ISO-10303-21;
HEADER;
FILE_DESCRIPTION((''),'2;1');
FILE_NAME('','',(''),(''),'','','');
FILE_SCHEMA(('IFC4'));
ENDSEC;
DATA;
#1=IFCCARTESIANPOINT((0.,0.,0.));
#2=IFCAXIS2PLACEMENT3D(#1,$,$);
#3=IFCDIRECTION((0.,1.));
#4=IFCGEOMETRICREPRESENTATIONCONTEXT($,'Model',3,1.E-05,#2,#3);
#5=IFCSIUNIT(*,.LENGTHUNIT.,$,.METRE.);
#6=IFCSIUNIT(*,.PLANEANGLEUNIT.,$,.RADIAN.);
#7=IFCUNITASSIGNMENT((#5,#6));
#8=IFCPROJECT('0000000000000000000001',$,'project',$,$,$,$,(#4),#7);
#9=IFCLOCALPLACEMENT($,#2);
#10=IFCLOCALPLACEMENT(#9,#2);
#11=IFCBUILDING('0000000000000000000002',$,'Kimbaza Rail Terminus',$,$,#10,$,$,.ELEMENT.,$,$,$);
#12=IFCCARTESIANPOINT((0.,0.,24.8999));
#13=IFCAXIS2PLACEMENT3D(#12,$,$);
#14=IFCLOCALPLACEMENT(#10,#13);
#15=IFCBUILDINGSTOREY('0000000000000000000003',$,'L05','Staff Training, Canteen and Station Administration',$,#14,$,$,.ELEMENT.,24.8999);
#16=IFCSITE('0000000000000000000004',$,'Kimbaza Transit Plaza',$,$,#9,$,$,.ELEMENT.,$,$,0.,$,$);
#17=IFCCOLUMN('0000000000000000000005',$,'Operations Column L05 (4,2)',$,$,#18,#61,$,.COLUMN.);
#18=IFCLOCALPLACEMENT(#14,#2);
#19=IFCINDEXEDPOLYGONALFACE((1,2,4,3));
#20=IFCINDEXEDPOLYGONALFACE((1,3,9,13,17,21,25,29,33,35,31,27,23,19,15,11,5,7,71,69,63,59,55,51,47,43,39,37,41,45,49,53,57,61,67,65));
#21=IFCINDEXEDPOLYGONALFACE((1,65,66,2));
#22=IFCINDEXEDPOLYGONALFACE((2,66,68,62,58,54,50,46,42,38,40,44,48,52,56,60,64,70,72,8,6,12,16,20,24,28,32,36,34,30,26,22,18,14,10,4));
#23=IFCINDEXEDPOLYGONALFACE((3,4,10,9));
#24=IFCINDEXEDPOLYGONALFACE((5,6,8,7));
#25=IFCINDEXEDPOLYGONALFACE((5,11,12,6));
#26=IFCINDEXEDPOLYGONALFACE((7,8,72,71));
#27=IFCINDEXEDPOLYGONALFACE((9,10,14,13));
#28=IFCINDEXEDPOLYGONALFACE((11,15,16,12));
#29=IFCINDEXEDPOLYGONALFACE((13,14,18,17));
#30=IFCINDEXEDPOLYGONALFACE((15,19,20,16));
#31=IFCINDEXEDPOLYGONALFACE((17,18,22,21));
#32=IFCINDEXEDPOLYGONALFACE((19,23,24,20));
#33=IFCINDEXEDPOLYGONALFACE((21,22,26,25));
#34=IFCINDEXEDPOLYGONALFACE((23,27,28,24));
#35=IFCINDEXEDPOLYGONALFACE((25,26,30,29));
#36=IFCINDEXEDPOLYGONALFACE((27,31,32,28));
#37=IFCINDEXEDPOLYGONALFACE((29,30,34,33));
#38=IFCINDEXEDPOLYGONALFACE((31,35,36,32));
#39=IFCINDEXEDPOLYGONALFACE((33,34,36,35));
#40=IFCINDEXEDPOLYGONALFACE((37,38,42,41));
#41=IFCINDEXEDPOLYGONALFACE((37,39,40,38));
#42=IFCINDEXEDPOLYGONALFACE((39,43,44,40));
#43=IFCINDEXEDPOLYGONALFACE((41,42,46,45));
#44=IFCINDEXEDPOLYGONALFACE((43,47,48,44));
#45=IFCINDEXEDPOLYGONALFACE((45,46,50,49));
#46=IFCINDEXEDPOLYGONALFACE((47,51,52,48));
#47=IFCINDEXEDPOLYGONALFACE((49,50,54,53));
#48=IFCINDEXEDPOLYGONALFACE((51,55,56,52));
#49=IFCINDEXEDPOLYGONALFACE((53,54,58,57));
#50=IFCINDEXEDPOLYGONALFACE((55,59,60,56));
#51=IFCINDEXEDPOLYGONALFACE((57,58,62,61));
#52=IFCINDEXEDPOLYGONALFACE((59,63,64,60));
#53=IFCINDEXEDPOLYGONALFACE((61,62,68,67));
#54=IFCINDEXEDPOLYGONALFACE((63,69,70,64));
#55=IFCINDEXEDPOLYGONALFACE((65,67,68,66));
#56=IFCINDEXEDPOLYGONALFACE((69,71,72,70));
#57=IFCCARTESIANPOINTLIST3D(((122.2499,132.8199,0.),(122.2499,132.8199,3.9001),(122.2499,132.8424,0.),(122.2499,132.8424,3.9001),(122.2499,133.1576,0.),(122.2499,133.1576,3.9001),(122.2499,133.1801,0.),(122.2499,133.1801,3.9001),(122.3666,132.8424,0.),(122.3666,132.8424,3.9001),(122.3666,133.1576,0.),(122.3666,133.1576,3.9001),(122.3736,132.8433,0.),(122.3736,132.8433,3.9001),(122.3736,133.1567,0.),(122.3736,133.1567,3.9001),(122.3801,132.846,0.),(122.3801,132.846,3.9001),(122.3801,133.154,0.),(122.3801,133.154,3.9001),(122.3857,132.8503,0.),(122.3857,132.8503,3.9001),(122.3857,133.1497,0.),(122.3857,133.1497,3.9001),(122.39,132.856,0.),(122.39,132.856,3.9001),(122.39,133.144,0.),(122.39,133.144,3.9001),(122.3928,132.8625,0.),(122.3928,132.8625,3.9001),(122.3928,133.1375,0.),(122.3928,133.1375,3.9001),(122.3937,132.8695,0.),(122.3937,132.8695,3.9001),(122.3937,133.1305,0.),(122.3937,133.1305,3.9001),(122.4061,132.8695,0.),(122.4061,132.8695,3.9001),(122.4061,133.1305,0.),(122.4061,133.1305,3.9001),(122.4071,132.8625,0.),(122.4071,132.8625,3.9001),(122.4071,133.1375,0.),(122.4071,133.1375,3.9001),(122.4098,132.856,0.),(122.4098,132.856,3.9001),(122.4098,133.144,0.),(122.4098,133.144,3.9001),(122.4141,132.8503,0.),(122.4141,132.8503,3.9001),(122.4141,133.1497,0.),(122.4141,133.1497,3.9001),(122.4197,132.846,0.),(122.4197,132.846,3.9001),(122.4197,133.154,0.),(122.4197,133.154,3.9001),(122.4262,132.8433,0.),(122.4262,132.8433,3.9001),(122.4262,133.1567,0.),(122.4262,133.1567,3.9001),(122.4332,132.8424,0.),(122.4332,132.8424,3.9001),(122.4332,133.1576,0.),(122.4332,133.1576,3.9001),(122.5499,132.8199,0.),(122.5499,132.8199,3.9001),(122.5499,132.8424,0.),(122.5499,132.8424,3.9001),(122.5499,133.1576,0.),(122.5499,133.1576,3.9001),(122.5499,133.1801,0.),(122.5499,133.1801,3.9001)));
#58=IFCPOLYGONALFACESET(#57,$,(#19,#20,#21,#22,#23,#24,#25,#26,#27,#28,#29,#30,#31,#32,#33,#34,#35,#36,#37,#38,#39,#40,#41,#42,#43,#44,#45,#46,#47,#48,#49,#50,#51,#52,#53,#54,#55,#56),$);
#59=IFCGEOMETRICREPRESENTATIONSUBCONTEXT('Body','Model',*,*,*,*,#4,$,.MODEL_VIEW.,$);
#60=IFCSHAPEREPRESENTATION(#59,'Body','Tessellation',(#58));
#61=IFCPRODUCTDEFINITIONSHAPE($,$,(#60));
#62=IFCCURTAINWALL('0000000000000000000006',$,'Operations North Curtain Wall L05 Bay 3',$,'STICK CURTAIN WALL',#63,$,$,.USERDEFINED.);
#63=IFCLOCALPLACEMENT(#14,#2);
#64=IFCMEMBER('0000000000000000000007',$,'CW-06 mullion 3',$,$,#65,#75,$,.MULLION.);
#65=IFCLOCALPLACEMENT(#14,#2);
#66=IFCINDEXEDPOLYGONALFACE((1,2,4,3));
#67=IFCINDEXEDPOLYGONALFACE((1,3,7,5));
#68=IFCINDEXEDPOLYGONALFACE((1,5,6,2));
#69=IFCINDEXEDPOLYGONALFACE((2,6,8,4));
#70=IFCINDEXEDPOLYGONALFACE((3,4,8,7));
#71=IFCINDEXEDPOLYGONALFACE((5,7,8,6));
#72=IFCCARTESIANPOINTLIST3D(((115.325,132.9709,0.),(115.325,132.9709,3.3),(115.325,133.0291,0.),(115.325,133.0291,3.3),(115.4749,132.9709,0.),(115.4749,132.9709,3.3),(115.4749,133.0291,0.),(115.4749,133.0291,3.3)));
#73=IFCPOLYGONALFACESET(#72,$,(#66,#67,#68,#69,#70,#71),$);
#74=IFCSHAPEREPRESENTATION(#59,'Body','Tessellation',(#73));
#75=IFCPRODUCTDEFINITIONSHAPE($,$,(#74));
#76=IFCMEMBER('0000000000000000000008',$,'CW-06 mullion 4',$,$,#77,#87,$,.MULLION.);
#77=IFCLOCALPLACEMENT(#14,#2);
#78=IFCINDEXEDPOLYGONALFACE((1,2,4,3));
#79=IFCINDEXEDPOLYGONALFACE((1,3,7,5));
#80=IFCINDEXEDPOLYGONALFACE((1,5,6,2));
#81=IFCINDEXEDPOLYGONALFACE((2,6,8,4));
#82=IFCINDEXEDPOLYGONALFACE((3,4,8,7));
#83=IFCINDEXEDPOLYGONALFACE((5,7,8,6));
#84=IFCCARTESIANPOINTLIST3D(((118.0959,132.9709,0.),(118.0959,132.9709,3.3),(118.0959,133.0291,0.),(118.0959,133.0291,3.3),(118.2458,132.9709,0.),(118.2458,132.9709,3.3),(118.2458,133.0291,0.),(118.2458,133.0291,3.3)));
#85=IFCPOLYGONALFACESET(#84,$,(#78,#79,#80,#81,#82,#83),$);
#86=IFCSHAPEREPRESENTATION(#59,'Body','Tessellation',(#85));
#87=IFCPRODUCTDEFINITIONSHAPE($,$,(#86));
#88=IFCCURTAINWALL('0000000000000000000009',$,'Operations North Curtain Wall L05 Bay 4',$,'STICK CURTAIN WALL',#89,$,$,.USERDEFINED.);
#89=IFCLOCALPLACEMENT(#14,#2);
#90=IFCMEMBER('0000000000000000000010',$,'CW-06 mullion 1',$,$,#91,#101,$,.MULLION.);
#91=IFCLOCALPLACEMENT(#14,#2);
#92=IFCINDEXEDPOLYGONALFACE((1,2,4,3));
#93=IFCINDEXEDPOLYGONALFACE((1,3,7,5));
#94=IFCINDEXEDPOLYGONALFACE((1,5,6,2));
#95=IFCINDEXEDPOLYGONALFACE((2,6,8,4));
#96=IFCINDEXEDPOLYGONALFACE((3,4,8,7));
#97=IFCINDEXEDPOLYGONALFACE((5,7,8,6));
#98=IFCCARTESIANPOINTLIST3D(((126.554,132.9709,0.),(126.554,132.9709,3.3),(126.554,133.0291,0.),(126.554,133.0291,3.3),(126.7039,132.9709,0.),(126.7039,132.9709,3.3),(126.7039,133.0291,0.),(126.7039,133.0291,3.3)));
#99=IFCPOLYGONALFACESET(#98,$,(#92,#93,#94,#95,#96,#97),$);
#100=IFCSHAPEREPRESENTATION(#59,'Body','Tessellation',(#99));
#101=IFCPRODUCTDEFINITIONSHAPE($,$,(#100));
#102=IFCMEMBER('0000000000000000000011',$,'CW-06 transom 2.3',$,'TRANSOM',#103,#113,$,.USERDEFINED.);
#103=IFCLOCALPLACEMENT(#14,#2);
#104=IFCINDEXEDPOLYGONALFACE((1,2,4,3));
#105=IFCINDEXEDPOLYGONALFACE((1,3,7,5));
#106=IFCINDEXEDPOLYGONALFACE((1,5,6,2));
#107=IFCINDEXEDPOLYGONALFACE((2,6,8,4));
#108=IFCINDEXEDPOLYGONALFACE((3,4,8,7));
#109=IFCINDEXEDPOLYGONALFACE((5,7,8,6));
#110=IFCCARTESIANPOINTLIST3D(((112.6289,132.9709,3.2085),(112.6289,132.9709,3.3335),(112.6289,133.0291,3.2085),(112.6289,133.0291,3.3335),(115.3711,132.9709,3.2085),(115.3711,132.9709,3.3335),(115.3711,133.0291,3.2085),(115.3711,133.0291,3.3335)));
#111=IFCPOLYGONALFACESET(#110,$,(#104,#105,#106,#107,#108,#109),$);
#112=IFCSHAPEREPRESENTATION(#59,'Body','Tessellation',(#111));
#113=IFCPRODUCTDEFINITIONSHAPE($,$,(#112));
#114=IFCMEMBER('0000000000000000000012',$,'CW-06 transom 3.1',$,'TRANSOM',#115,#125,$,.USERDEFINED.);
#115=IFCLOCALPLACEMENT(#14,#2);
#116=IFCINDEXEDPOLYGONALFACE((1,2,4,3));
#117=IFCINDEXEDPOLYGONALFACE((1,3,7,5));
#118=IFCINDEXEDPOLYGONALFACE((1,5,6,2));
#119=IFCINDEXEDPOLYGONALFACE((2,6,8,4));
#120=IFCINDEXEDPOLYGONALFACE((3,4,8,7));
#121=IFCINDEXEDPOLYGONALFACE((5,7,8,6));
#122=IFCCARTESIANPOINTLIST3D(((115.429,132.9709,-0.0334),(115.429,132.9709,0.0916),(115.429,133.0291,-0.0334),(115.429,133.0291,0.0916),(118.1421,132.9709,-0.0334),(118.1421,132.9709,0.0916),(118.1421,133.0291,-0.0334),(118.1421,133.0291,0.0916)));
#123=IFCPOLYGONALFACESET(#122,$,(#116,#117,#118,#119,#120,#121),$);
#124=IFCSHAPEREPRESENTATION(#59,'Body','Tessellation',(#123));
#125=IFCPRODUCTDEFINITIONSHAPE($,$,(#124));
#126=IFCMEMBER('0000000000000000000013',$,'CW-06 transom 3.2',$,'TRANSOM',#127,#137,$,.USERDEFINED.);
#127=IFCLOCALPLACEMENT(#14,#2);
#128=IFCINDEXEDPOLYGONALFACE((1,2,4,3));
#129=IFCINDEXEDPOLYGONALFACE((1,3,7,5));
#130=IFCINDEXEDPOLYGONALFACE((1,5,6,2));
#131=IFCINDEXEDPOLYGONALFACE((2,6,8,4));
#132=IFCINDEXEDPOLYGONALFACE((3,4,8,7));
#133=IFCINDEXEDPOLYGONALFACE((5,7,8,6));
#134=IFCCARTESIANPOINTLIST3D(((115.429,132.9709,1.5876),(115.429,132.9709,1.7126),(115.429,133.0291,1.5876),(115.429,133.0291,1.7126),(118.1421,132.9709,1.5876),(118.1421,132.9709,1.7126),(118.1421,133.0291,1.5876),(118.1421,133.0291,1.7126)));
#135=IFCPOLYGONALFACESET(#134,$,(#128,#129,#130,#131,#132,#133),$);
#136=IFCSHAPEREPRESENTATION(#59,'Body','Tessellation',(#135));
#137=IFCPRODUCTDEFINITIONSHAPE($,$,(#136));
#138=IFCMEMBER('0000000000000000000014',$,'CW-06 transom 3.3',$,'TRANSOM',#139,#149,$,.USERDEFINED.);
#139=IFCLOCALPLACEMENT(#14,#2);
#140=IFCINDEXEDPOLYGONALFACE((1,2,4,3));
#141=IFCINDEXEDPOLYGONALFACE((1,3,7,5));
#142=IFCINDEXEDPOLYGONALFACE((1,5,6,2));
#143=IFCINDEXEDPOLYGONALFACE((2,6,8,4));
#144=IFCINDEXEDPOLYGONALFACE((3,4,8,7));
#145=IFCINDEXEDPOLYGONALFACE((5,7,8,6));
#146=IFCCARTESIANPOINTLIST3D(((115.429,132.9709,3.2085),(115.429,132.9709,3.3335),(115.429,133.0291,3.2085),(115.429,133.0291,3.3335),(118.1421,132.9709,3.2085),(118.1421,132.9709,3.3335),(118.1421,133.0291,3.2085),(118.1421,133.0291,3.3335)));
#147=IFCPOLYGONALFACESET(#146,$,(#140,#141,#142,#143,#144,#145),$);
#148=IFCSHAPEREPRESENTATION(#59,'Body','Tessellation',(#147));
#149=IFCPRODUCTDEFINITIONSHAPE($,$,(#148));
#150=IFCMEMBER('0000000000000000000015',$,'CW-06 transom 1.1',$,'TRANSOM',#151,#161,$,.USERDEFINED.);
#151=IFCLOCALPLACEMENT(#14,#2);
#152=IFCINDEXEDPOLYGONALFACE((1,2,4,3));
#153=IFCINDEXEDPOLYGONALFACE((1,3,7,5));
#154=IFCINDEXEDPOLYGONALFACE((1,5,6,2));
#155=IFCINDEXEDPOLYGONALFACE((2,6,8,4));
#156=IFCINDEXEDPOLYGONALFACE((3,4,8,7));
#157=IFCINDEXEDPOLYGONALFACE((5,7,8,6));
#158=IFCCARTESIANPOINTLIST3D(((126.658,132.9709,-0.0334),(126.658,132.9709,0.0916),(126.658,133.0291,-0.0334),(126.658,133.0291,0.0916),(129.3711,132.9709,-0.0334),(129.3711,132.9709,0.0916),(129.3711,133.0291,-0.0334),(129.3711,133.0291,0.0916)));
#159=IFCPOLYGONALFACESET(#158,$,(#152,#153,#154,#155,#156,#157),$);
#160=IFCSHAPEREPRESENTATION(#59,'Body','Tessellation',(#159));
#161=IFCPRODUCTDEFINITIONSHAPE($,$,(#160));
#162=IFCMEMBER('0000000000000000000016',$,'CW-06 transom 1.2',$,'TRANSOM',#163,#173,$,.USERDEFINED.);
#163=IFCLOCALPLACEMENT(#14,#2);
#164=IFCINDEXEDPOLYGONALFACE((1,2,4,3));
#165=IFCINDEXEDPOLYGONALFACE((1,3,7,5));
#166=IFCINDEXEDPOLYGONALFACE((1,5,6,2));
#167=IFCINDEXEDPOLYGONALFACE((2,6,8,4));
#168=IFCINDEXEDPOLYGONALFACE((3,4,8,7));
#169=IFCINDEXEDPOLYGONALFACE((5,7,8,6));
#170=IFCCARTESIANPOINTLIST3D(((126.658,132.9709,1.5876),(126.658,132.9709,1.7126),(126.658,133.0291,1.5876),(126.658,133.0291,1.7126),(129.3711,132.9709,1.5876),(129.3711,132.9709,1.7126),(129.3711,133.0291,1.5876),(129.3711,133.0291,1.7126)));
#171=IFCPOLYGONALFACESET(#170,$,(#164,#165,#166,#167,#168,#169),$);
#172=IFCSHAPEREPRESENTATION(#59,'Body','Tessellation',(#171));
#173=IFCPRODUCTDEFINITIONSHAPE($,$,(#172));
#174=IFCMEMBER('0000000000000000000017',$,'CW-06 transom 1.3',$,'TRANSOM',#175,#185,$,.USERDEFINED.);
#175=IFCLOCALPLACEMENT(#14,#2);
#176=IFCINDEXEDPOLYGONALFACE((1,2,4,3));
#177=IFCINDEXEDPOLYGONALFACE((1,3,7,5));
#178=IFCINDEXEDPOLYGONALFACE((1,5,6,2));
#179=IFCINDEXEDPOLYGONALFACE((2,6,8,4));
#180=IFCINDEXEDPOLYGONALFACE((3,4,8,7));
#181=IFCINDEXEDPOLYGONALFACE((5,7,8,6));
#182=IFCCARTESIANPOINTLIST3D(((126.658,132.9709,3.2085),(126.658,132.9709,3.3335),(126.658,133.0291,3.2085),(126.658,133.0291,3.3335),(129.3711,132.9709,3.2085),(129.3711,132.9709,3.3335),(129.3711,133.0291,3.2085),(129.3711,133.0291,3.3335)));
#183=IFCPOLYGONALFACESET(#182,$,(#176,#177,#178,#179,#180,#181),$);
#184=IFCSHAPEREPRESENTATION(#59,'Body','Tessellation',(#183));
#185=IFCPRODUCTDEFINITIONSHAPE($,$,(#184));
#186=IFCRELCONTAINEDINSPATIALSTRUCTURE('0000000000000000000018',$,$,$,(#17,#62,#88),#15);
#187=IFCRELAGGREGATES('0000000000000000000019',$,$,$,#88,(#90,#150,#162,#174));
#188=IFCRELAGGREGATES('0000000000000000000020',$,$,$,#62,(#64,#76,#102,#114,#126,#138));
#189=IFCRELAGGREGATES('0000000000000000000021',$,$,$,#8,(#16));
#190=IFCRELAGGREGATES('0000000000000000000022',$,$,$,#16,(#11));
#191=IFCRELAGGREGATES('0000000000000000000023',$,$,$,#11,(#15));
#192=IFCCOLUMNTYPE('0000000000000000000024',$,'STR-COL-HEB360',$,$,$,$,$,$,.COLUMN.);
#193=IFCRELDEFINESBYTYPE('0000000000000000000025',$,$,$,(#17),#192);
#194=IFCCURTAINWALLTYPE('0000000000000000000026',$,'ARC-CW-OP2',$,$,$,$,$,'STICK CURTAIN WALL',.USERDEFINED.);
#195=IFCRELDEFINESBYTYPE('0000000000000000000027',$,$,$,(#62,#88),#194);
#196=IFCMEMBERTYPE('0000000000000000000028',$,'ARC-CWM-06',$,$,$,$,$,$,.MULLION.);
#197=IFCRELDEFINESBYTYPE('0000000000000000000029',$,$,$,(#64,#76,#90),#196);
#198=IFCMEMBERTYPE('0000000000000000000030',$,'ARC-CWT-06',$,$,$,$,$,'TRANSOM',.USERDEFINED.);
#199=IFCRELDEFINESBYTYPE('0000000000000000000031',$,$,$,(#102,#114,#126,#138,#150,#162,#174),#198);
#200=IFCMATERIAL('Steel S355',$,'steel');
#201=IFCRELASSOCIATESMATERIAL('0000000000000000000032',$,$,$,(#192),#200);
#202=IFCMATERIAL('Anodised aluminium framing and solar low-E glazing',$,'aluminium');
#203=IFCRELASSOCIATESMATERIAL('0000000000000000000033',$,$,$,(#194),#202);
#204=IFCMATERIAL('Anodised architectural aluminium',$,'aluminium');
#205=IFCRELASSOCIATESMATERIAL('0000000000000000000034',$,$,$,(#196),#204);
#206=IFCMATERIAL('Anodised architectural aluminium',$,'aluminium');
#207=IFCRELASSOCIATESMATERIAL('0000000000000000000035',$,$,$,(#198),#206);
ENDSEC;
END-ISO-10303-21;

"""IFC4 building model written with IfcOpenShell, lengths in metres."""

from ifc_helpers import new_model, si_unit, direction, frame, origin, origin_2d, place, context, subcontext, project, spatial, rectangle, i_section, extrude, material, material_profile, profile_set, type_object, element, aggregate, save


model = new_model("IFC4")

# Units and contexts
model_context = context("Model", 3, precision=1e-05, world=origin(), true_north=direction((0.0, 1.0)))
body_context = subcontext(model_context, "Body", "Model", "MODEL_VIEW")
ifc_project = project(units=[si_unit("LENGTHUNIT", "METRE"), si_unit("PLANEANGLEUNIT", "RADIAN")], contexts=[model_context])

# Site, building, storey
site_placement = place(None, origin())
site = spatial("IfcSite", under=ifc_project, at=site_placement, Name="Kimbaza Transit Plaza", CompositionType="ELEMENT", RefElevation=0.0)
building_placement = place(site_placement, origin())
building = spatial("IfcBuilding", under=site, at=building_placement, Name="Kimbaza Rail Terminus", CompositionType="ELEMENT")
storey_placement = place(building_placement, frame((0.0, 0.0, 24.8999)))
storey = spatial("IfcBuildingStorey", under=building, at=storey_placement, Name="L05", Description="Staff Training, Canteen and Station Administration", CompositionType="ELEMENT", Elevation=24.8999)

# Column
ifc_material_1 = material(Name="Steel S355", Category="steel")
ifc_material_profile_1 = material_profile(ifc_material_1, i_section(OverallWidth=0.3, OverallDepth=0.3601, WebThickness=0.0125, FlangeThickness=0.0225, FilletRadius=0.0271, at=origin_2d()), Name="HEB 360")
ifc_profile_set_1 = profile_set([ifc_material_profile_1], Name="Steel S355")
column_type = type_object("IfcColumnType", Name="STR-COL-HEB360", PredefinedType="COLUMN", material=ifc_profile_set_1)
column_placement = place(storey_placement, frame((122.3999, 133.0, 0.0), z_axis=(0.0, 0.0, 1.0), x_axis=(1.0, 0.0, 0.0)))
element("IfcColumn", 1, at=column_placement, inside=storey, type_object=column_type, Name="Operations Column L05 (4,2)", PredefinedType="COLUMN", context=body_context, shape_type="SweptSolid", body=[
    extrude(i_section(OverallWidth=0.3, OverallDepth=0.3601, WebThickness=0.0125, FlangeThickness=0.0225, FilletRadius=0.0271, at=origin_2d()), origin(), (0.0, 0.0, 1.0), 3.9001),
])

# Curtain wall, members
ifc_material_2 = material(Name="Anodised aluminium framing and solar low-E glazing", Category="aluminium")
curtain_wall_type = type_object("IfcCurtainWallType", Name="ARC-CW-OP2", ElementType="STICK CURTAIN WALL", PredefinedType="USERDEFINED", material=ifc_material_2)
curtain_wall_1_placement = place(storey_placement, origin())
curtain_wall_1 = element("IfcCurtainWall", 2, at=curtain_wall_1_placement, inside=storey, type_object=curtain_wall_type, Name="Operations North Curtain Wall L05 Bay 3", ObjectType="STICK CURTAIN WALL", PredefinedType="USERDEFINED")
ifc_material_3 = material(Name="Anodised architectural aluminium", Category="aluminium")
ifc_material_profile_2 = material_profile(ifc_material_3, rectangle(XDim=0.0581, YDim=0.1499, at=origin_2d()), Name="MULLION 58x150")
ifc_profile_set_2 = profile_set([ifc_material_profile_2], Name="Anodised architectural aluminium")
member_type_1 = type_object("IfcMemberType", Name="ARC-CWM-06", PredefinedType="MULLION", material=ifc_profile_set_2)
member_1_placement = place(storey_placement, frame((115.3999, 133.0, 0.0), z_axis=(0.0, 0.0, 1.0), x_axis=(0.0, 1.0, 0.0)))
member_1 = element("IfcMember", 3, at=member_1_placement, type_object=member_type_1, Name="CW-06 mullion 3", PredefinedType="MULLION", context=body_context, shape_type="SweptSolid", body=[
    extrude(rectangle(XDim=0.0581, YDim=0.1499, at=origin_2d()), origin(), (0.0, 0.0, 1.0), 3.3),
])
member_2_placement = place(storey_placement, frame((118.1709, 133.0, 0.0), z_axis=(0.0, 0.0, 1.0), x_axis=(0.0, 1.0, 0.0)))
member_2 = element("IfcMember", 4, at=member_2_placement, type_object=member_type_1, Name="CW-06 mullion 4", PredefinedType="MULLION", context=body_context, shape_type="SweptSolid", body=[
    extrude(rectangle(XDim=0.0581, YDim=0.1499, at=origin_2d()), origin(), (0.0, 0.0, 1.0), 3.3),
])

# Curtain wall, member
curtain_wall_2_placement = place(storey_placement, origin())
curtain_wall_2 = element("IfcCurtainWall", 5, at=curtain_wall_2_placement, inside=storey, type_object=curtain_wall_type, Name="Operations North Curtain Wall L05 Bay 4", ObjectType="STICK CURTAIN WALL", PredefinedType="USERDEFINED")
member_3_placement = place(storey_placement, frame((126.6289, 133.0, 0.0), z_axis=(0.0, 0.0, 1.0), x_axis=(0.0, 1.0, 0.0)))
member_3 = element("IfcMember", 6, at=member_3_placement, type_object=member_type_1, Name="CW-06 mullion 1", PredefinedType="MULLION", context=body_context, shape_type="SweptSolid", body=[
    extrude(rectangle(XDim=0.0581, YDim=0.1499, at=origin_2d()), origin(), (0.0, 0.0, 1.0), 3.3),
])

# Members
ifc_material_4 = material(Name="Anodised architectural aluminium", Category="aluminium")
ifc_material_profile_3 = material_profile(ifc_material_4, rectangle(XDim=0.0581, YDim=0.125, at=origin_2d()), Name="TRANSOM 58x125")
ifc_profile_set_3 = profile_set([ifc_material_profile_3], Name="Anodised architectural aluminium")
member_type_2 = type_object("IfcMemberType", Name="ARC-CWT-06", ElementType="TRANSOM", PredefinedType="USERDEFINED", material=ifc_profile_set_3)
member_4_placement = place(storey_placement, frame((112.6289, 133.0, 3.271), z_axis=(1.0, 0.0, 0.0), x_axis=(0.0, 1.0, 0.0)))
member_4 = element("IfcMember", 7, at=member_4_placement, type_object=member_type_2, Name="CW-06 transom 2.3", ObjectType="TRANSOM", PredefinedType="USERDEFINED", context=body_context, shape_type="SweptSolid", body=[
    extrude(rectangle(XDim=0.0581, YDim=0.125, at=origin_2d()), origin(), (0.0, 0.0, 1.0), 2.7422),
])
member_5_placement = place(storey_placement, frame((115.429, 133.0, 0.0291), z_axis=(1.0, 0.0, 0.0), x_axis=(0.0, 1.0, 0.0)))
member_5 = element("IfcMember", 8, at=member_5_placement, type_object=member_type_2, Name="CW-06 transom 3.1", ObjectType="TRANSOM", PredefinedType="USERDEFINED", context=body_context, shape_type="SweptSolid", body=[
    extrude(rectangle(XDim=0.0581, YDim=0.125, at=origin_2d()), origin(), (0.0, 0.0, 1.0), 2.7131),
])
member_6_placement = place(storey_placement, frame((115.429, 133.0, 1.6501), z_axis=(1.0, 0.0, 0.0), x_axis=(0.0, 1.0, 0.0)))
member_6 = element("IfcMember", 9, at=member_6_placement, type_object=member_type_2, Name="CW-06 transom 3.2", ObjectType="TRANSOM", PredefinedType="USERDEFINED", context=body_context, shape_type="SweptSolid", body=[
    extrude(rectangle(XDim=0.0581, YDim=0.125, at=origin_2d()), origin(), (0.0, 0.0, 1.0), 2.7131),
])
member_7_placement = place(storey_placement, frame((115.429, 133.0, 3.271), z_axis=(1.0, 0.0, 0.0), x_axis=(0.0, 1.0, 0.0)))
member_7 = element("IfcMember", 10, at=member_7_placement, type_object=member_type_2, Name="CW-06 transom 3.3", ObjectType="TRANSOM", PredefinedType="USERDEFINED", context=body_context, shape_type="SweptSolid", body=[
    extrude(rectangle(XDim=0.0581, YDim=0.125, at=origin_2d()), origin(), (0.0, 0.0, 1.0), 2.7131),
])
member_8_placement = place(storey_placement, frame((126.658, 133.0, 0.0291), z_axis=(1.0, 0.0, 0.0), x_axis=(0.0, 1.0, 0.0)))
member_8 = element("IfcMember", 11, at=member_8_placement, type_object=member_type_2, Name="CW-06 transom 1.1", ObjectType="TRANSOM", PredefinedType="USERDEFINED", context=body_context, shape_type="SweptSolid", body=[
    extrude(rectangle(XDim=0.0581, YDim=0.125, at=origin_2d()), origin(), (0.0, 0.0, 1.0), 2.7131),
])
member_9_placement = place(storey_placement, frame((126.658, 133.0, 1.6501), z_axis=(1.0, 0.0, 0.0), x_axis=(0.0, 1.0, 0.0)))
member_9 = element("IfcMember", 12, at=member_9_placement, type_object=member_type_2, Name="CW-06 transom 1.2", ObjectType="TRANSOM", PredefinedType="USERDEFINED", context=body_context, shape_type="SweptSolid", body=[
    extrude(rectangle(XDim=0.0581, YDim=0.125, at=origin_2d()), origin(), (0.0, 0.0, 1.0), 2.7131),
])
member_10_placement = place(storey_placement, frame((126.658, 133.0, 3.271), z_axis=(1.0, 0.0, 0.0), x_axis=(0.0, 1.0, 0.0)))
member_10 = element("IfcMember", 13, at=member_10_placement, type_object=member_type_2, Name="CW-06 transom 1.3", ObjectType="TRANSOM", PredefinedType="USERDEFINED", context=body_context, shape_type="SweptSolid", body=[
    extrude(rectangle(XDim=0.0581, YDim=0.125, at=origin_2d()), origin(), (0.0, 0.0, 1.0), 2.7131),
])
aggregate(curtain_wall_2, [member_3, member_8, member_9, member_10])

aggregate(curtain_wall_1, [member_1, member_2, member_4, member_5, member_6, member_7])

save(model, "model.ifc")
